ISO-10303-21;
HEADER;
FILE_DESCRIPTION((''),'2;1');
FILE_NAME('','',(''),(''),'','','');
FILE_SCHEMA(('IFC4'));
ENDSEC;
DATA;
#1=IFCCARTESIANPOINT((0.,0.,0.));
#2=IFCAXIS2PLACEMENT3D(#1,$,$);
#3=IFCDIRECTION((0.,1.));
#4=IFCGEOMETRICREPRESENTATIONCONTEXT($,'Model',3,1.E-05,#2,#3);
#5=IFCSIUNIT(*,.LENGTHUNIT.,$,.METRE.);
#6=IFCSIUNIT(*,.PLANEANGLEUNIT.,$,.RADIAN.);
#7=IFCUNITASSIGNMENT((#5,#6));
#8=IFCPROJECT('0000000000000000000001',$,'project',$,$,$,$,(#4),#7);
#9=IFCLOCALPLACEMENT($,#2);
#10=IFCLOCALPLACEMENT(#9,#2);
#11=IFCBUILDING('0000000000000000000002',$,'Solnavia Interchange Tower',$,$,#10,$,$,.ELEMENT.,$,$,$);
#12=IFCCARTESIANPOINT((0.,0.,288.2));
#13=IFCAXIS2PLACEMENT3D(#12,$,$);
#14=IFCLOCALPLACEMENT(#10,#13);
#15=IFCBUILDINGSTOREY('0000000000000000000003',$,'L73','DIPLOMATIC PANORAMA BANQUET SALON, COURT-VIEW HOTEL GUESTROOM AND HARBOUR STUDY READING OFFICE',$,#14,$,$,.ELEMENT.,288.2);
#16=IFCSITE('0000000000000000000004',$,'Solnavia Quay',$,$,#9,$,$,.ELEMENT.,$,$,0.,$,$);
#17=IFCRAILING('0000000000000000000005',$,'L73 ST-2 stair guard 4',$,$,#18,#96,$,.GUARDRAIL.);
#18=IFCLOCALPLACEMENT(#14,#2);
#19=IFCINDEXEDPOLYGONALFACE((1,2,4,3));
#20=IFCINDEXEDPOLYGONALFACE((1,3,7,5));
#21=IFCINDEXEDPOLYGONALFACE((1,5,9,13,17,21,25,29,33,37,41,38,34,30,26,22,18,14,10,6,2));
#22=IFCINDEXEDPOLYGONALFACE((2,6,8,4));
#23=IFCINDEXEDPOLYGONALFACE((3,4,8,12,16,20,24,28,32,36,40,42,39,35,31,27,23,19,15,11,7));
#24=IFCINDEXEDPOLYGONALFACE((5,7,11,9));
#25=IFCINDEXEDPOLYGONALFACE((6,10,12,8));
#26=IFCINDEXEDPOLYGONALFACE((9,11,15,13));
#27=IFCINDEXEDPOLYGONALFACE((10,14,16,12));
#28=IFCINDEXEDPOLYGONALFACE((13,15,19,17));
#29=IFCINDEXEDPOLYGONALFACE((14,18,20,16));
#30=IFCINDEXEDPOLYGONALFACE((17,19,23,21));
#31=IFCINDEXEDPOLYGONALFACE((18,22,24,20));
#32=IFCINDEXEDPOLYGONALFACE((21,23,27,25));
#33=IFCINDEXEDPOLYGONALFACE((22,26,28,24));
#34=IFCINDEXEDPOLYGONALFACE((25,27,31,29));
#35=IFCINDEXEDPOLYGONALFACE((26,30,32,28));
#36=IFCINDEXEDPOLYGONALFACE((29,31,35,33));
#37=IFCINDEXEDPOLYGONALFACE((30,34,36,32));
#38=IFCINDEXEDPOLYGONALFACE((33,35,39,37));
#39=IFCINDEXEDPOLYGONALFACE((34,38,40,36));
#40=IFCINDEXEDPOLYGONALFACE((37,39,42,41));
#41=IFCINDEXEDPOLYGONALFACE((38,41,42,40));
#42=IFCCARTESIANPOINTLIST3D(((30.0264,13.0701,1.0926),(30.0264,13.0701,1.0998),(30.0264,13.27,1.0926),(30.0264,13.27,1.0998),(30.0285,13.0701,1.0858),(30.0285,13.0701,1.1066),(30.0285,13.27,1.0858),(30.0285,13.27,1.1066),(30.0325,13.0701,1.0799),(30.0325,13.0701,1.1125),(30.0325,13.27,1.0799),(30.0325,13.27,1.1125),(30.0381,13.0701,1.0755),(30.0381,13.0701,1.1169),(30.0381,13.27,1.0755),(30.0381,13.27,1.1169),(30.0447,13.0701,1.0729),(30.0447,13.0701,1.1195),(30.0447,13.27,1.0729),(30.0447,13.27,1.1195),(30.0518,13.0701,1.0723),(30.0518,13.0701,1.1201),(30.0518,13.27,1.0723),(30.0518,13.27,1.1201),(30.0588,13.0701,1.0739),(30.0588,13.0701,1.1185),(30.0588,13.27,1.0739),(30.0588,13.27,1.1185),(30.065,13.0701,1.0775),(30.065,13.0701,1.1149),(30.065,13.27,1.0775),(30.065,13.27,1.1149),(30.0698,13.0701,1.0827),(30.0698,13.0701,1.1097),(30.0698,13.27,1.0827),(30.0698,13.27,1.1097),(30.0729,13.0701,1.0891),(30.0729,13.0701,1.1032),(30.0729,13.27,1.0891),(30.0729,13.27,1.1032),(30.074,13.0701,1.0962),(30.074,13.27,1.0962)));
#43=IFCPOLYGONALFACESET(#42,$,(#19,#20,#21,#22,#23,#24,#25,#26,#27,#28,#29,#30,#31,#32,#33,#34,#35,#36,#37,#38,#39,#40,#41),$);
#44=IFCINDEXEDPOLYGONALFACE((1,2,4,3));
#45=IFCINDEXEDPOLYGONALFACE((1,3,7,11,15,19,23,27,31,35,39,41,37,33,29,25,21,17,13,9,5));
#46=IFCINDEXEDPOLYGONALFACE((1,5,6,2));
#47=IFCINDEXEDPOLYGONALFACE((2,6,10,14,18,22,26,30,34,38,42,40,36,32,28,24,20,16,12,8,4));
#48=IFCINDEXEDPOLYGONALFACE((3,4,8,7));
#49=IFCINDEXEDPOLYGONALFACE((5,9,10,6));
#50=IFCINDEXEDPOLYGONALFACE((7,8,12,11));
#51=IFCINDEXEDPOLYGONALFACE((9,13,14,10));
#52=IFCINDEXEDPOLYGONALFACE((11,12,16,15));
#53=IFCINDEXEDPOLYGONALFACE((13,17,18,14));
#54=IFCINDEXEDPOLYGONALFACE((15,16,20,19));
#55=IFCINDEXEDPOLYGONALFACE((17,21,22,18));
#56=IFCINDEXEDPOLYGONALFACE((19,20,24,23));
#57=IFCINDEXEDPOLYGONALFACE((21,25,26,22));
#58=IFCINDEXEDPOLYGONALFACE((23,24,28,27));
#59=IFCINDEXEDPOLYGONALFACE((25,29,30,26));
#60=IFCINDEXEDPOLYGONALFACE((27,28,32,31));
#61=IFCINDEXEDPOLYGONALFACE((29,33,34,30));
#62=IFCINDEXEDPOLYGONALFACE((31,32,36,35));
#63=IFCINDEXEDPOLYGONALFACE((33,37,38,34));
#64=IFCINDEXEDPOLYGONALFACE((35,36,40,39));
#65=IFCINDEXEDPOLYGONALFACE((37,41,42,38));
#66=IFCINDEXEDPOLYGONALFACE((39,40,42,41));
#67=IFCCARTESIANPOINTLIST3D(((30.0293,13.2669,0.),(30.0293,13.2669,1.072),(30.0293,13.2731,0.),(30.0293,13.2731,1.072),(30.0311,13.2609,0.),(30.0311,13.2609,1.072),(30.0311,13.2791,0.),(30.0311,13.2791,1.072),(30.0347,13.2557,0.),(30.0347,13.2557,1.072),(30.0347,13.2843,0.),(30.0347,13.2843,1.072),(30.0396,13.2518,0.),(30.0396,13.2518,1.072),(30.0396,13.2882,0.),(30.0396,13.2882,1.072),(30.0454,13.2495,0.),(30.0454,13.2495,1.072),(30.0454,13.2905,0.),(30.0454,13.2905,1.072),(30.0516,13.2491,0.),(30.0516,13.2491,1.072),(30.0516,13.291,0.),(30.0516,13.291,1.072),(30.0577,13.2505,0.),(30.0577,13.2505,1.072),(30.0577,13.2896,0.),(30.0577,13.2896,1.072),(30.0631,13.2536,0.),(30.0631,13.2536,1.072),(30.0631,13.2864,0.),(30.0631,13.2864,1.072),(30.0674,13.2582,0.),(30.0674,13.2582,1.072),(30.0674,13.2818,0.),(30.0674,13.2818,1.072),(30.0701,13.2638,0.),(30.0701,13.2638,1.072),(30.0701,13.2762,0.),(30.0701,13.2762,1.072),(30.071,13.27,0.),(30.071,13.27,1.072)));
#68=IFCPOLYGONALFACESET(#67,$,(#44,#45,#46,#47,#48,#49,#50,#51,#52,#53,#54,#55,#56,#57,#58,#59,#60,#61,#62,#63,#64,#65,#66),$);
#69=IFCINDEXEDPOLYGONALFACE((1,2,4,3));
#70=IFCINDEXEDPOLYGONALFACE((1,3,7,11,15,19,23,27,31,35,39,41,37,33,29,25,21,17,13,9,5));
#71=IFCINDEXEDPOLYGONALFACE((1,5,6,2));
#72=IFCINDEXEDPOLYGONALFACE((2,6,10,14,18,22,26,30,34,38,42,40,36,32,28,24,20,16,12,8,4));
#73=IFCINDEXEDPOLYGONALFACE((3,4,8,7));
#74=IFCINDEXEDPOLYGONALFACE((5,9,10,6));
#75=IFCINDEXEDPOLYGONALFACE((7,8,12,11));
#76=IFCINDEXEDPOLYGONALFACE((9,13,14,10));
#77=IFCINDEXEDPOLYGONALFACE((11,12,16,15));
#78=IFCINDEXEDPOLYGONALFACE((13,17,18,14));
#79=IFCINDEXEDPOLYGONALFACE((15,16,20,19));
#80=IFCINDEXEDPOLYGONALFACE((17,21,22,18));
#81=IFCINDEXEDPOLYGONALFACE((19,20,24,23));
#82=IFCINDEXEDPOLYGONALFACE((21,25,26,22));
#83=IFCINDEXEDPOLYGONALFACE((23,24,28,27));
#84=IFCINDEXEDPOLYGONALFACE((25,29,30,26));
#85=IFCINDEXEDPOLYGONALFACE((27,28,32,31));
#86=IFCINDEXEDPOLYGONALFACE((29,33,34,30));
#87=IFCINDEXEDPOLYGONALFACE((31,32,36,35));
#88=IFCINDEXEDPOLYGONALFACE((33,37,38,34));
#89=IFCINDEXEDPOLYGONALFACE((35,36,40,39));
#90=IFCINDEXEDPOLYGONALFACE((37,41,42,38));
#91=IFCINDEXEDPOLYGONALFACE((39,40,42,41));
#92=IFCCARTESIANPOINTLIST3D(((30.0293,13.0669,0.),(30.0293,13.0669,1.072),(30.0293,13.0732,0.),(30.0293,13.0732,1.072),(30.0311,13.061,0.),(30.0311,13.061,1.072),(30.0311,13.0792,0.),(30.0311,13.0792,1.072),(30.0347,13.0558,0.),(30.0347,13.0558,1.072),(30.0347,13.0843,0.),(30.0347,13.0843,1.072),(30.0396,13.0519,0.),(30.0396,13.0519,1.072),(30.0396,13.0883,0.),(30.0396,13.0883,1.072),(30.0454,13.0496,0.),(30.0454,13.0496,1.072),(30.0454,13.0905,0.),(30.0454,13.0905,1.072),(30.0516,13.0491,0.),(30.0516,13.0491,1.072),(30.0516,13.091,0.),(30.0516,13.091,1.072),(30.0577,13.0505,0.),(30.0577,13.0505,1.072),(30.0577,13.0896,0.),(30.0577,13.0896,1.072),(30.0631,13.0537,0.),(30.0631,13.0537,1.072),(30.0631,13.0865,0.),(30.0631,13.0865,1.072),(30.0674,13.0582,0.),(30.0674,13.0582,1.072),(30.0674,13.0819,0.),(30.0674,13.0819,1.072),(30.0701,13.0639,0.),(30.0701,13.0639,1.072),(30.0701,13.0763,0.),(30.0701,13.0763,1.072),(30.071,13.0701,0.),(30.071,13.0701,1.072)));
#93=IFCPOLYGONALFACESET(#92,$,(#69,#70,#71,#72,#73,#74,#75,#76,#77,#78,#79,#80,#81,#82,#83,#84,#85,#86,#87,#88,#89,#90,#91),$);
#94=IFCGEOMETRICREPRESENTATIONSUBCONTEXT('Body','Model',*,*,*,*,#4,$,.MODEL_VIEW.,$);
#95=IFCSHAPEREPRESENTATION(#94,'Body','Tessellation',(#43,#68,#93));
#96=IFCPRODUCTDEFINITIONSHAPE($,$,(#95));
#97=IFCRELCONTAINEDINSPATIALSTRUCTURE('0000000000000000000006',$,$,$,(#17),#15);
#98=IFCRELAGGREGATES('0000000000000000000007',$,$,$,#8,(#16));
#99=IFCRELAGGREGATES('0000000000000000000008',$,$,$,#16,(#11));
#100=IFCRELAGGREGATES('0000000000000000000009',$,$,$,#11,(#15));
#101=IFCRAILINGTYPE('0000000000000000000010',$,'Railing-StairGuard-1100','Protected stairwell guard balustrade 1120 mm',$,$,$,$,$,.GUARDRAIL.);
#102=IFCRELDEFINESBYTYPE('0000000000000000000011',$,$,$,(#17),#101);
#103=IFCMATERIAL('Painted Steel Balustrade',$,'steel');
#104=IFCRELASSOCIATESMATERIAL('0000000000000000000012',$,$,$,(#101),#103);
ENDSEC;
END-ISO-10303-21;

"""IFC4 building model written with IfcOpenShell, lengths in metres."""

from ifc_helpers import new_model, si_unit, direction, frame, origin, origin_2d, place, context, subcontext, project, spatial, circle, extrude, material, type_object, element, save


model = new_model("IFC4")

# Units and contexts
model_context = context("Model", 3, precision=1e-05, world=origin(), true_north=direction((0.0, 1.0)))
body_context = subcontext(model_context, "Body", "Model", "MODEL_VIEW")
ifc_project = project(units=[si_unit("LENGTHUNIT", "METRE"), si_unit("PLANEANGLEUNIT", "RADIAN")], contexts=[model_context])

# Site, building, storey
site_placement = place(None, origin())
site = spatial("IfcSite", under=ifc_project, at=site_placement, Name="Solnavia Quay", CompositionType="ELEMENT", RefElevation=0.0)
building_placement = place(site_placement, origin())
building = spatial("IfcBuilding", under=site, at=building_placement, Name="Solnavia Interchange Tower", CompositionType="ELEMENT")
storey_placement = place(building_placement, frame((0.0, 0.0, 288.2)))
storey = spatial("IfcBuildingStorey", under=building, at=storey_placement, Name="L73", Description="DIPLOMATIC PANORAMA BANQUET SALON, COURT-VIEW HOTEL GUESTROOM AND HARBOUR STUDY READING OFFICE", CompositionType="ELEMENT", Elevation=288.2)

# Railing
ifc_material_1 = material(Name="Painted Steel Balustrade", Category="steel")
railing_type_1 = type_object("IfcRailingType", Name="Railing-StairGuard-1100", Description="Protected stairwell guard balustrade 1120 mm", PredefinedType="GUARDRAIL", material=ifc_material_1)
railing_1_placement = place(storey_placement, frame((30.05, 13.27, 0.0)))
element("IfcRailing", 1, at=railing_1_placement, inside=storey, type_object=railing_type_1, Name="L73 ST-2 stair guard 4", PredefinedType="GUARDRAIL", context=body_context, shape_type="SweptSolid", body=[
    extrude(circle(Radius=0.0239, at=origin_2d()), frame((0.0, 0.0, 1.0962), z_axis=(0.0, -1.0, 0.0), x_axis=(1.0, 0.0, 0.0)), (0.0, 0.0, 1.0), 0.2),
    extrude(circle(Radius=0.021, at=origin_2d()), origin(), (0.0, 0.0, 1.0), 1.072),
    extrude(circle(Radius=0.021, at=origin_2d()), frame((0.0, -0.2, 0.0)), (0.0, 0.0, 1.0), 1.072),
])

save(model, "model.ifc")
